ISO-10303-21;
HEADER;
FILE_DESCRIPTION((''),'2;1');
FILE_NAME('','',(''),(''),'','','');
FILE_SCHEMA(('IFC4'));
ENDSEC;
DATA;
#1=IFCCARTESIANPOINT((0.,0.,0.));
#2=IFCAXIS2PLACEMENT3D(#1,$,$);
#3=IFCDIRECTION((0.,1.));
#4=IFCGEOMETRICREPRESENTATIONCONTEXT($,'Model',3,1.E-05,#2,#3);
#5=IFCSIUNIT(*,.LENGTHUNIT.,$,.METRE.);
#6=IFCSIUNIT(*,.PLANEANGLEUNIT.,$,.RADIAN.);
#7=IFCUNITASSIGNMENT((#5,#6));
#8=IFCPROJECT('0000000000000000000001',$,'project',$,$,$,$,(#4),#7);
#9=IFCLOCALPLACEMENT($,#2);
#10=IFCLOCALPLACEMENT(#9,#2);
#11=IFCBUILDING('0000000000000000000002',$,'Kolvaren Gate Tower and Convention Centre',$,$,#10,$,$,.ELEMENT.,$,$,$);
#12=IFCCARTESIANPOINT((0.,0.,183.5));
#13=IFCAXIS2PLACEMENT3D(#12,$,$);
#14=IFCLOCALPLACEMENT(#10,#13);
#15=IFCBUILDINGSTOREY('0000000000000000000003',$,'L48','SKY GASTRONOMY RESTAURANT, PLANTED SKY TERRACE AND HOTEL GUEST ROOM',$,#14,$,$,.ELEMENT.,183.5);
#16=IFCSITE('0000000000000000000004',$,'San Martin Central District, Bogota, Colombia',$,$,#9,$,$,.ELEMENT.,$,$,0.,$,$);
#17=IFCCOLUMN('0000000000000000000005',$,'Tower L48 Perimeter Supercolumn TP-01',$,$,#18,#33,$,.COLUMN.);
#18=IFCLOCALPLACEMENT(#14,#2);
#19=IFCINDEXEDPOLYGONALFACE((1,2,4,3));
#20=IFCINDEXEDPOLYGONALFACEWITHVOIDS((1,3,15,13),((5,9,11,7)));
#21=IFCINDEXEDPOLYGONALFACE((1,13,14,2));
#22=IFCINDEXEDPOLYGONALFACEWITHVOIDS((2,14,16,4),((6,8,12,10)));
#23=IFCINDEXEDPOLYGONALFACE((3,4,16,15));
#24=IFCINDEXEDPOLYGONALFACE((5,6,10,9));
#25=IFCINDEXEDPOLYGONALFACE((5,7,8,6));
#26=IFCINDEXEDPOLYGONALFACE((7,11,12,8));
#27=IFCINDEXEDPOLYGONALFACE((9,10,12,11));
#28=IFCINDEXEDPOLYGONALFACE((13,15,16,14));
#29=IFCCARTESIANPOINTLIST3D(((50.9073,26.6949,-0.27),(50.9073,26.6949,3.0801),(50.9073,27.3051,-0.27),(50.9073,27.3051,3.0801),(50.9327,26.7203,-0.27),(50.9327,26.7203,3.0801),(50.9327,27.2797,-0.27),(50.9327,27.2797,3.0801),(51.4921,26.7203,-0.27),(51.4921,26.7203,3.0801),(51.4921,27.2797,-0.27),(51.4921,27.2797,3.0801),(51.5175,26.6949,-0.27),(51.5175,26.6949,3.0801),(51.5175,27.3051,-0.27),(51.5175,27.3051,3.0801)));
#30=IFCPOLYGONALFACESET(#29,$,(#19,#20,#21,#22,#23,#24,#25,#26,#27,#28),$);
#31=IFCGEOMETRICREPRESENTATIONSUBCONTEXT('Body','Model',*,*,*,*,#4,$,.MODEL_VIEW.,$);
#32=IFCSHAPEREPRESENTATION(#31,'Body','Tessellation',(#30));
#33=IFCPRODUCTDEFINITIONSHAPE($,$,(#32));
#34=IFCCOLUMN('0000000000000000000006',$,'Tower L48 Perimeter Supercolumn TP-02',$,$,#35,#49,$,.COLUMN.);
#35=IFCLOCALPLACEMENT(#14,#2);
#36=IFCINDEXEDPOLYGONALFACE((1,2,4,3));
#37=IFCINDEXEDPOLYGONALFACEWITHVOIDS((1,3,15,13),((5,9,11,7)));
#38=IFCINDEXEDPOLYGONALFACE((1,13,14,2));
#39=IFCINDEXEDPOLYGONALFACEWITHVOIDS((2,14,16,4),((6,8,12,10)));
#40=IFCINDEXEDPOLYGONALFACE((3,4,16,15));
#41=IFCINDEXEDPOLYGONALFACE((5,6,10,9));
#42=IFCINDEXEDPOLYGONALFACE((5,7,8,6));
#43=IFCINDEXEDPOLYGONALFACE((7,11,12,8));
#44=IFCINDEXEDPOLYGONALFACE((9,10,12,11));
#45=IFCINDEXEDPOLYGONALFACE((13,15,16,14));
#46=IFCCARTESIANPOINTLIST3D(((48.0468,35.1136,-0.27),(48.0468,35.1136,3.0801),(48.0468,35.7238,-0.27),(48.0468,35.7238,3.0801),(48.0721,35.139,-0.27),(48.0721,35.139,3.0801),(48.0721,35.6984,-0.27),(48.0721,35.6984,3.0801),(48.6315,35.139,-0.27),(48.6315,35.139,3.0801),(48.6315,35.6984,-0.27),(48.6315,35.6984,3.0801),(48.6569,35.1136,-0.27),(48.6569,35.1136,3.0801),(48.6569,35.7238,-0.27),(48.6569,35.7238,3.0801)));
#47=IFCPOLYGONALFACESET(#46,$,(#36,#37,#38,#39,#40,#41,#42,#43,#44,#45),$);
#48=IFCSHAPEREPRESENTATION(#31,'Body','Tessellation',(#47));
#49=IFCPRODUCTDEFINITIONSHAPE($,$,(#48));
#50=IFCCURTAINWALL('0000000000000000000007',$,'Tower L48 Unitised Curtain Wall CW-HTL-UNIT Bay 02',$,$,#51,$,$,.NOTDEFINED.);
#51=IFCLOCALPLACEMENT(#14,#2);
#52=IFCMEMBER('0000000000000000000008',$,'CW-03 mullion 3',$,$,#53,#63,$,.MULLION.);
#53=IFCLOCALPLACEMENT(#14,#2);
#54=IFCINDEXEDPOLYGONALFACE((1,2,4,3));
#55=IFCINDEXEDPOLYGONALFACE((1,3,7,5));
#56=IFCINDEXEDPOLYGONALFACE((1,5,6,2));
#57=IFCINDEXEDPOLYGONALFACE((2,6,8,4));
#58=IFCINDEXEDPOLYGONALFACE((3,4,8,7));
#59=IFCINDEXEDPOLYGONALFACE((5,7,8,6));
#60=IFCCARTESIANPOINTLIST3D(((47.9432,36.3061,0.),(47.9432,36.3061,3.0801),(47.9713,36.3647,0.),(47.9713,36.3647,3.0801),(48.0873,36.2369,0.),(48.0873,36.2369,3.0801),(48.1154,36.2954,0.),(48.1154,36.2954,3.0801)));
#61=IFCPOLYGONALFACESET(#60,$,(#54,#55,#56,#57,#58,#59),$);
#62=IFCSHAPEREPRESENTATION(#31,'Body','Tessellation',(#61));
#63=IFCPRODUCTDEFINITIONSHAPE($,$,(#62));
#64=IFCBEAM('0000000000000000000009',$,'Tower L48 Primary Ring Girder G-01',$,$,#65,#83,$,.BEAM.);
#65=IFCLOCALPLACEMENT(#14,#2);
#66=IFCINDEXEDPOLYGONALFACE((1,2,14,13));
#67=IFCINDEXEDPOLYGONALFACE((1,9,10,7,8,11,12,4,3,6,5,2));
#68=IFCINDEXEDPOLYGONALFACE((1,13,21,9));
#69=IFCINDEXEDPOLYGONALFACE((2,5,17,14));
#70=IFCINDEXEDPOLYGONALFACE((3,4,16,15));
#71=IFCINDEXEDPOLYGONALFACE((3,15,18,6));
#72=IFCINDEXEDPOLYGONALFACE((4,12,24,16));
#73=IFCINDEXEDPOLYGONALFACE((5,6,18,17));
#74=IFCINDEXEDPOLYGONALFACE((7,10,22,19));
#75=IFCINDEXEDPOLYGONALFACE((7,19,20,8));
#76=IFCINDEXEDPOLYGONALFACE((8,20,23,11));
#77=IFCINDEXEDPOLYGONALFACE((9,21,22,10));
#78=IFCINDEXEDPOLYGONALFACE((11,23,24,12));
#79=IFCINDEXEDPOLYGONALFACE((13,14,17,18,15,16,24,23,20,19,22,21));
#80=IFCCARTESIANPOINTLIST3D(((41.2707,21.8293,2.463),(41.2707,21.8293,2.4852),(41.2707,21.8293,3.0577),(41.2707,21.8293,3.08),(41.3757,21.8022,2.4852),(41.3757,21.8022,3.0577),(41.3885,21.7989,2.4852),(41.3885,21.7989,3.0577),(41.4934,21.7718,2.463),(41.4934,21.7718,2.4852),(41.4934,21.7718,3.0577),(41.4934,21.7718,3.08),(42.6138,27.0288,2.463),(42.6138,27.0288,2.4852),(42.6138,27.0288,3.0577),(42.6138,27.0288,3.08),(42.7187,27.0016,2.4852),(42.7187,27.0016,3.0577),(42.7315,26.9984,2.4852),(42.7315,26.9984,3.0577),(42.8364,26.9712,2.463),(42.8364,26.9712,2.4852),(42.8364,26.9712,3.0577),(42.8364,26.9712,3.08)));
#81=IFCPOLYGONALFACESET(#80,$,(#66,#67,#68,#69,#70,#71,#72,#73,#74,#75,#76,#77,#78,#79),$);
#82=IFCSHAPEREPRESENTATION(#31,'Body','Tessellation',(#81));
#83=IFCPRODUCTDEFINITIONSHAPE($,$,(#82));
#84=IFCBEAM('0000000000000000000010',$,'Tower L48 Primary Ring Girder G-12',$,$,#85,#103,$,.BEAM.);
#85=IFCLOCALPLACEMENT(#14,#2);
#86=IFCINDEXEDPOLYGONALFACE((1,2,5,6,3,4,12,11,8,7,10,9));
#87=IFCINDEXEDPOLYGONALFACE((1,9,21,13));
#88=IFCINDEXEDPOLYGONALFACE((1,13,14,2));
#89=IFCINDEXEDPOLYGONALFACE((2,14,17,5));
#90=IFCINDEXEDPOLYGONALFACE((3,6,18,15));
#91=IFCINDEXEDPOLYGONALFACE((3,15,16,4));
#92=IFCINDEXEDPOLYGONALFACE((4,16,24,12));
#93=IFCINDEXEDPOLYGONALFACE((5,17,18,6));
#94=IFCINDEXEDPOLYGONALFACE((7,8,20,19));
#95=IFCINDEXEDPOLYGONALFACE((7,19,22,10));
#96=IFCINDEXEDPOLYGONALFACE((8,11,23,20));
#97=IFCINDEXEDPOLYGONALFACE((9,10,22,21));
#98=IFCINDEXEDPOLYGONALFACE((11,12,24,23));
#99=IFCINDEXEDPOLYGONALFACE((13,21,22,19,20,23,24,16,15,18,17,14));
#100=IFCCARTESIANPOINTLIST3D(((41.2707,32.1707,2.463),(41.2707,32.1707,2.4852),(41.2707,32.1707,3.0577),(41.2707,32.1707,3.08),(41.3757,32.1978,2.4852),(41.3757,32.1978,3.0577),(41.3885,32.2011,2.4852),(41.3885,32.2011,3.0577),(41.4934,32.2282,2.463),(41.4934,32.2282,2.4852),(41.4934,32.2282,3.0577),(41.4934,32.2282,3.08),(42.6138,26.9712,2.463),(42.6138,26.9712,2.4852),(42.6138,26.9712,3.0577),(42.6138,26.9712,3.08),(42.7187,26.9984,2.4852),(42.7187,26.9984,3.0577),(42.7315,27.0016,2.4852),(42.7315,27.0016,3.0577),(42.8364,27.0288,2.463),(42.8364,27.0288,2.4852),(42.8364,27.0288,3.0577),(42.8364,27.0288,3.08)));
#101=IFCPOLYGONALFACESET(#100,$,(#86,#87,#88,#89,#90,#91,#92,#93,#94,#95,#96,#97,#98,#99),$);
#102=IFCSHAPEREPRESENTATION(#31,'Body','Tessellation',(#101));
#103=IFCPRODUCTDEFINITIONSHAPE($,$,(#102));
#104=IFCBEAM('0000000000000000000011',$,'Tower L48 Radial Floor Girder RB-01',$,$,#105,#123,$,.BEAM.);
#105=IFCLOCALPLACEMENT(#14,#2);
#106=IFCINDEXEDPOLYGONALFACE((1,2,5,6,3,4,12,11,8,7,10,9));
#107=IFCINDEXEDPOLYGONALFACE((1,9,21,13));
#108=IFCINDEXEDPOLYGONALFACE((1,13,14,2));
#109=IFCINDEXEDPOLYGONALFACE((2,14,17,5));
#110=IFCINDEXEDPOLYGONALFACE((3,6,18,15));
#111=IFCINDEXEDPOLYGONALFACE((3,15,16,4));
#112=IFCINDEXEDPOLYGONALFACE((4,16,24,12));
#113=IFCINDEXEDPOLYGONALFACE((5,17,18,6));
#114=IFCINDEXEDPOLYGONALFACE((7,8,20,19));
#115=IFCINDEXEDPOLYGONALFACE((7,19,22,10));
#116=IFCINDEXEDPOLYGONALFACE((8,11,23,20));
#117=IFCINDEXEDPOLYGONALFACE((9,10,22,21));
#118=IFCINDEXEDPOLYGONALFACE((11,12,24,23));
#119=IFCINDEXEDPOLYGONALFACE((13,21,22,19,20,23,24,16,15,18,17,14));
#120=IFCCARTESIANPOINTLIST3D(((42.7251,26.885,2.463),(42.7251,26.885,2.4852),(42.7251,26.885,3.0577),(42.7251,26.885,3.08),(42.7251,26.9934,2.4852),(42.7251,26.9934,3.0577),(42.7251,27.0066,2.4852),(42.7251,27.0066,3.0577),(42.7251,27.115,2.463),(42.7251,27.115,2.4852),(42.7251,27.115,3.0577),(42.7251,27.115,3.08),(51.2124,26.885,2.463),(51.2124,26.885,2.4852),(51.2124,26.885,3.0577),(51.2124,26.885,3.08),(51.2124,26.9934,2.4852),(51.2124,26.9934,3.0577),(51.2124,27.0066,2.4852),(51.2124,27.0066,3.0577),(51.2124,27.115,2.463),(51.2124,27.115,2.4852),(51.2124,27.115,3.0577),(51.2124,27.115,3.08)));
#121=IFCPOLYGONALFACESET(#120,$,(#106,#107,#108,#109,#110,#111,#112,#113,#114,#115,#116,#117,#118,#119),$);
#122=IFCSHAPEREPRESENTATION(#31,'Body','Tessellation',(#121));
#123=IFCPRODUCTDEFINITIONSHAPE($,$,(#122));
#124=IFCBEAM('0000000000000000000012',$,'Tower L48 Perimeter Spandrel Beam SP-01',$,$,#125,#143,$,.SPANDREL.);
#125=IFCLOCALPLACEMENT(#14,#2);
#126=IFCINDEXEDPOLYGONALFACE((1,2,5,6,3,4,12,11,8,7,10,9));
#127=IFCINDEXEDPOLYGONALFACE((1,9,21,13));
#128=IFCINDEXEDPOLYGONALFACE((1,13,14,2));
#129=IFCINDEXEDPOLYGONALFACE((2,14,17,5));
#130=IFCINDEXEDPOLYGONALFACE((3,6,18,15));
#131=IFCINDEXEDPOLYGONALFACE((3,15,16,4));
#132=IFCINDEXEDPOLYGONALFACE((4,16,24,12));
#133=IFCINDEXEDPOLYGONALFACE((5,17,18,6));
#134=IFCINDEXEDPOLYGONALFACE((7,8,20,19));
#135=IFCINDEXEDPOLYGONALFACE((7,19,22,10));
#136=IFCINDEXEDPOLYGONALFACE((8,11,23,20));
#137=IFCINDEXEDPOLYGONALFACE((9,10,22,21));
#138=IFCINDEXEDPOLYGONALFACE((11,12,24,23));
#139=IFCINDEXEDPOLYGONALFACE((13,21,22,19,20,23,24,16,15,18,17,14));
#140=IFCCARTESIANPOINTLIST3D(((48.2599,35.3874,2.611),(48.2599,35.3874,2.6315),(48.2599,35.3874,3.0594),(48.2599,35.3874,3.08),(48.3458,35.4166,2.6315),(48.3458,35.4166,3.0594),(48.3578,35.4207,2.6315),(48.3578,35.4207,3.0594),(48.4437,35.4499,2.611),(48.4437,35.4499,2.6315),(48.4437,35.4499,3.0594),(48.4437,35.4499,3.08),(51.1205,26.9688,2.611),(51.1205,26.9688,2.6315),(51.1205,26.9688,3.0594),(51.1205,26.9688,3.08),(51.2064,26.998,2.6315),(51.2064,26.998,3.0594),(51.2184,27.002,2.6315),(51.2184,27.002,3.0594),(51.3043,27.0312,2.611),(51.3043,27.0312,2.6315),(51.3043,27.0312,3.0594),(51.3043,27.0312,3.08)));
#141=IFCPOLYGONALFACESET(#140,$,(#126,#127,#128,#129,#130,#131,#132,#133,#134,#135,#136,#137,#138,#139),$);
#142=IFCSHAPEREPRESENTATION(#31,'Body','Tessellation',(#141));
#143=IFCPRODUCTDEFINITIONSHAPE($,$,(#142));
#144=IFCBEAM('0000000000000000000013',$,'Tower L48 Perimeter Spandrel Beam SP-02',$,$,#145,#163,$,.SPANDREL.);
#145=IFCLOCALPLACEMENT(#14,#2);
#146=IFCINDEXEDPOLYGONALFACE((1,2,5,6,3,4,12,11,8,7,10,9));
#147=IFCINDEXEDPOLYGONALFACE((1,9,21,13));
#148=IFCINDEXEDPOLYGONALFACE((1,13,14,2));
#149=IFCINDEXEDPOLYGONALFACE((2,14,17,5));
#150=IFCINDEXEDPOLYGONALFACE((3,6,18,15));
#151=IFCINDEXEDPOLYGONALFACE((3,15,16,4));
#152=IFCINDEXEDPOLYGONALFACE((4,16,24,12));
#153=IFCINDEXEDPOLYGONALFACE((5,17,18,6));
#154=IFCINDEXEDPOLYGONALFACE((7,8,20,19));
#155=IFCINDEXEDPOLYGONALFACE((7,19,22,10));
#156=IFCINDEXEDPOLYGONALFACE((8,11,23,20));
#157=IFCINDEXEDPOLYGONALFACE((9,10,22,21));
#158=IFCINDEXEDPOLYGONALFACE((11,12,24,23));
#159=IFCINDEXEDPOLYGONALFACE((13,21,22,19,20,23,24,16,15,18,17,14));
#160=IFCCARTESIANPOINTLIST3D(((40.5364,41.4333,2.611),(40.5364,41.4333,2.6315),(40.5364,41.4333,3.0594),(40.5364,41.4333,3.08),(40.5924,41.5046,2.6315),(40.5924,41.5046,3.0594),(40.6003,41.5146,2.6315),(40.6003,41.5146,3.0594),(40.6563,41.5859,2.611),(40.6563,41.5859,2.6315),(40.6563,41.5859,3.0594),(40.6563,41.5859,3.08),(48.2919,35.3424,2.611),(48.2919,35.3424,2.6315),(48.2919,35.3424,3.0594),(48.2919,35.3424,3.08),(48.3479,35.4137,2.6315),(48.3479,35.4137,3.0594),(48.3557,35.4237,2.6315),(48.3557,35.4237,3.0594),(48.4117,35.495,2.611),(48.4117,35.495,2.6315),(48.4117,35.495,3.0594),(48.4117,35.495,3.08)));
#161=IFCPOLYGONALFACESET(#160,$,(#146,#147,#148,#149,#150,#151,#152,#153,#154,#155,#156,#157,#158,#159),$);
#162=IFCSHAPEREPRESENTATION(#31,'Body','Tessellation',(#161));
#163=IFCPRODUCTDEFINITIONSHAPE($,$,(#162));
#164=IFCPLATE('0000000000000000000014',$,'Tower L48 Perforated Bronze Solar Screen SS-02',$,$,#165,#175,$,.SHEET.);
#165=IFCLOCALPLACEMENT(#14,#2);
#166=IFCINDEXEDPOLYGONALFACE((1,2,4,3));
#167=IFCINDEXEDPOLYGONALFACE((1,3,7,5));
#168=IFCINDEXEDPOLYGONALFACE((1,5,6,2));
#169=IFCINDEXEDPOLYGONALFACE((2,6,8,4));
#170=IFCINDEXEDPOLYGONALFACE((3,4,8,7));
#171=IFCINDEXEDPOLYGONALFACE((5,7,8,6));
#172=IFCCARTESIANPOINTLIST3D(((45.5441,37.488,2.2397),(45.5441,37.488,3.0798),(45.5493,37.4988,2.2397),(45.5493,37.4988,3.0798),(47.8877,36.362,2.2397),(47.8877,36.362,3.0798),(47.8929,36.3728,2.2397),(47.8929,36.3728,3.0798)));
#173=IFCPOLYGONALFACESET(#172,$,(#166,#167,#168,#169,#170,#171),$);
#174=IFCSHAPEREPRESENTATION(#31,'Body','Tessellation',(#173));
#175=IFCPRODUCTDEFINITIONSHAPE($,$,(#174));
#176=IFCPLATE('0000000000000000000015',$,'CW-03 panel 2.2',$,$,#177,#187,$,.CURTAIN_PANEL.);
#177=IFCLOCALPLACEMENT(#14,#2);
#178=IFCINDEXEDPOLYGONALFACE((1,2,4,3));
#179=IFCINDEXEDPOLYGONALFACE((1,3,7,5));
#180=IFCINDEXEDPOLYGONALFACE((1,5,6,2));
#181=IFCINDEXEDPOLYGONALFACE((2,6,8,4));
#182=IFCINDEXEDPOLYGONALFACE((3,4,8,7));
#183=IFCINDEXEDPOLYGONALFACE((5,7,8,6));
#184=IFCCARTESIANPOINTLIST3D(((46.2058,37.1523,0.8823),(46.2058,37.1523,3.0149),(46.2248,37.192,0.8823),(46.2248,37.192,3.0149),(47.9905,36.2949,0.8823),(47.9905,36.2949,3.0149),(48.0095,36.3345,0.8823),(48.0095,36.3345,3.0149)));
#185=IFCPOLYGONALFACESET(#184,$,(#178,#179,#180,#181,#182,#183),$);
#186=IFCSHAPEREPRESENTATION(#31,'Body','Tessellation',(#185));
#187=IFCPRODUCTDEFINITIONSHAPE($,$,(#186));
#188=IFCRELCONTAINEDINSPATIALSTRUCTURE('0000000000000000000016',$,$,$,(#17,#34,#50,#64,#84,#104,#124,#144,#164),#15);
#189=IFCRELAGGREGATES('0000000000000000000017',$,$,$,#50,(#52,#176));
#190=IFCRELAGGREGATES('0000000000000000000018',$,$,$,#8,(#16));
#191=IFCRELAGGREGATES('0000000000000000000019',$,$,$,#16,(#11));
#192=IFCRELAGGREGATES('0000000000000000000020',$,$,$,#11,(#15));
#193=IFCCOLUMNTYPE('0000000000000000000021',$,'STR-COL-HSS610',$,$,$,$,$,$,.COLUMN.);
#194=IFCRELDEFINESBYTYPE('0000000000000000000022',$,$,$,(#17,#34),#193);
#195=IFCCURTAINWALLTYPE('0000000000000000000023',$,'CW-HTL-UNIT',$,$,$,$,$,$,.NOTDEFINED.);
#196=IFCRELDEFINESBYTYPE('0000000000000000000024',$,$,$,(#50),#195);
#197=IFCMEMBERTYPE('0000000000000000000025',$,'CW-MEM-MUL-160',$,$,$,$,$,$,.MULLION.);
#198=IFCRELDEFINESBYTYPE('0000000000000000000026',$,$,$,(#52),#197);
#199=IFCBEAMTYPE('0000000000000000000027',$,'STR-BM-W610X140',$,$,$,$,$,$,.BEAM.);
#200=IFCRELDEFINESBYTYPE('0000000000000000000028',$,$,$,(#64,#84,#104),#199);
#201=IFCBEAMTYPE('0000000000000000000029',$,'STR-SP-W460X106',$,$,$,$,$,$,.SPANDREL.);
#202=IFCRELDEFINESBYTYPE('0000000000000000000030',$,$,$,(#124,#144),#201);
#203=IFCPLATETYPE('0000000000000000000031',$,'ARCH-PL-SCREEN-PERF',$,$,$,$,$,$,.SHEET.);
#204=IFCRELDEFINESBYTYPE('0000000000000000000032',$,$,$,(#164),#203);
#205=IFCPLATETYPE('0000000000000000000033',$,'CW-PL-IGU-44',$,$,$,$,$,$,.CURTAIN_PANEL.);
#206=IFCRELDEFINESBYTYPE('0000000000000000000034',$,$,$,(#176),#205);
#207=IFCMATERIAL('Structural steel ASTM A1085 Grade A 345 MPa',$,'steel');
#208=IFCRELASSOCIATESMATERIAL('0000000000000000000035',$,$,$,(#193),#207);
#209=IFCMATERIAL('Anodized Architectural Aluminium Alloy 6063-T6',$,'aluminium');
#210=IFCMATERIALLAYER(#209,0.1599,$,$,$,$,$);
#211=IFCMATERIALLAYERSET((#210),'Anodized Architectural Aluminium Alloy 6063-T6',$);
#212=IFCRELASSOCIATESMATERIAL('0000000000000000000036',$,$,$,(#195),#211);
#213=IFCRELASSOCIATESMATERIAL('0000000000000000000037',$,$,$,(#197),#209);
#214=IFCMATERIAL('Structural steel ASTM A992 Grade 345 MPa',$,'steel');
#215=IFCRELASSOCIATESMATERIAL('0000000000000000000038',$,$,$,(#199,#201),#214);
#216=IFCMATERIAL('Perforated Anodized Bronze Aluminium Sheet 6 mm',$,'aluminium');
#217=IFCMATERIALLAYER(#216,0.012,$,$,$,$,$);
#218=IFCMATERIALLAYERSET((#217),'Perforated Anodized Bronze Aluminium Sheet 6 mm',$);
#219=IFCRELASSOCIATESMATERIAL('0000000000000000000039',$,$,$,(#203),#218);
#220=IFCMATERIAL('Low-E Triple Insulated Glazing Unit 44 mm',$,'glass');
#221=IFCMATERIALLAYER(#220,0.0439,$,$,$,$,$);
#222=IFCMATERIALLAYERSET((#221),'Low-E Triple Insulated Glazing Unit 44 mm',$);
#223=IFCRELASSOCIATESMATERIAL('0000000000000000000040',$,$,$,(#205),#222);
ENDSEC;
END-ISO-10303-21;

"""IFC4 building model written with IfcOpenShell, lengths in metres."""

from ifc_helpers import new_model, si_unit, direction, frame, origin, origin_2d, place, context, subcontext, project, spatial, rectangle, hollow_rectangle, i_section, extrude, material, layer, layer_set, material_profile, profile_set, type_object, element, aggregate, save


model = new_model("IFC4")

# Units and contexts
model_context = context("Model", 3, precision=1e-05, world=origin(), true_north=direction((0.0, 1.0)))
body_context = subcontext(model_context, "Body", "Model", "MODEL_VIEW")
ifc_project = project(units=[si_unit("LENGTHUNIT", "METRE"), si_unit("PLANEANGLEUNIT", "RADIAN")], contexts=[model_context])

# Site, building, storey
site_placement = place(None, origin())
site = spatial("IfcSite", under=ifc_project, at=site_placement, Name="San Martin Central District, Bogota, Colombia", CompositionType="ELEMENT", RefElevation=0.0)
building_placement = place(site_placement, origin())
building = spatial("IfcBuilding", under=site, at=building_placement, Name="Kolvaren Gate Tower and Convention Centre", CompositionType="ELEMENT")
storey_placement = place(building_placement, frame((0.0, 0.0, 183.5)))
storey = spatial("IfcBuildingStorey", under=building, at=storey_placement, Name="L48", Description="SKY GASTRONOMY RESTAURANT, PLANTED SKY TERRACE AND HOTEL GUEST ROOM", CompositionType="ELEMENT", Elevation=183.5)

# Columns
ifc_material_1 = material(Name="Structural steel ASTM A1085 Grade A 345 MPa", Category="steel")
ifc_material_profile_1 = material_profile(ifc_material_1, hollow_rectangle(XDim=0.6101, YDim=0.6101, WallThickness=0.0254, at=origin_2d()), Name="HSS610X610X25.4")
ifc_profile_set_1 = profile_set([ifc_material_profile_1], Name="Structural steel ASTM A1085 Grade A 345 MPa")
column_type = type_object("IfcColumnType", Name="STR-COL-HSS610", PredefinedType="COLUMN", material=ifc_profile_set_1)
for number, where, z_axis, x_axis, name in (
    (1, (51.2124, 27.0, -0.27), (0.0, 0.0, 1.0), (1.0, 0.0, 0.0), "Tower L48 Perimeter Supercolumn TP-01"),
    (2, (48.3518, 35.4187, -0.27), (0.0, 0.0, 1.0), (1.0, 0.0, 0.0), "Tower L48 Perimeter Supercolumn TP-02"),
):
    element("IfcColumn", number, at=place(storey_placement, frame(where, z_axis=z_axis, x_axis=x_axis)), inside=storey, type_object=column_type, Name=name, PredefinedType="COLUMN", context=body_context, shape_type="SweptSolid", body=[
        extrude(hollow_rectangle(XDim=0.6101, YDim=0.6101, WallThickness=0.0254, at=origin_2d()), origin(), (0.0, 0.0, 1.0), 3.3501),
    ])

# Curtain wall, member
ifc_material_2 = material(Name="Anodized Architectural Aluminium Alloy 6063-T6", Category="aluminium")
ifc_layer_1 = layer(ifc_material_2, 0.1599)
ifc_layer_set_1 = layer_set([ifc_layer_1], Name="Anodized Architectural Aluminium Alloy 6063-T6")
curtain_wall_type = type_object("IfcCurtainWallType", Name="CW-HTL-UNIT", PredefinedType="NOTDEFINED", material=ifc_layer_set_1)
curtain_wall_placement = place(storey_placement, origin())
curtain_wall = element("IfcCurtainWall", 3, at=curtain_wall_placement, inside=storey, type_object=curtain_wall_type, Name="Tower L48 Unitised Curtain Wall CW-HTL-UNIT Bay 02", PredefinedType="NOTDEFINED")
ifc_material_profile_2 = material_profile(ifc_material_2, rectangle(XDim=0.0649, YDim=0.1599, at=origin_2d()), Name="CW-MEM-MUL-160")
ifc_profile_set_2 = profile_set([ifc_material_profile_2], Name="Anodized Architectural Aluminium Alloy 6063-T6")
member_type = type_object("IfcMemberType", Name="CW-MEM-MUL-160", PredefinedType="MULLION", material=ifc_profile_set_2)
member_placement = place(storey_placement, frame((48.0293, 36.3008, 0.0), z_axis=(0.0, 0.0, 1.0), x_axis=(0.433074, 0.901358, 0.0)))
member = element("IfcMember", 4, at=member_placement, type_object=member_type, Name="CW-03 mullion 3", PredefinedType="MULLION", context=body_context, shape_type="SweptSolid", body=[
    extrude(rectangle(XDim=0.0649, YDim=0.1599, at=origin_2d()), origin(), (0.0, 0.0, 1.0), 3.0801),
])

# Beams
ifc_material_3 = material(Name="Structural steel ASTM A992 Grade 345 MPa", Category="steel")
ifc_material_profile_3 = material_profile(ifc_material_3, i_section(OverallWidth=0.23, OverallDepth=0.6169, WebThickness=0.0132, FlangeThickness=0.0222, at=origin_2d()), Name="W610X140")
ifc_profile_set_3 = profile_set([ifc_material_profile_3], Name="Structural steel ASTM A992 Grade 345 MPa")
beam_type_1 = type_object("IfcBeamType", Name="STR-BM-W610X140", PredefinedType="BEAM", material=ifc_profile_set_3)
for number, where, z_axis, x_axis, name in (
    (5, (42.7251, 27.0, 2.7715), (-0.250091, -0.968222, 0.0), (0.968222, -0.250091, 0.0), "Tower L48 Primary Ring Girder G-01"),
    (6, (42.7251, 27.0, 2.7715), (-0.250091, 0.968222, 0.0), (-0.968222, -0.250091, 0.0), "Tower L48 Primary Ring Girder G-12"),
):
    element("IfcBeam", number, at=place(storey_placement, frame(where, z_axis=z_axis, x_axis=x_axis)), inside=storey, type_object=beam_type_1, Name=name, PredefinedType="BEAM", context=body_context, shape_type="SweptSolid", body=[
        extrude(i_section(OverallWidth=0.23, OverallDepth=0.6169, WebThickness=0.0132, FlangeThickness=0.0222, at=origin_2d()), origin(), (0.0, 0.0, 1.0), 5.3701),
    ])
beam_1_placement = place(storey_placement, frame((42.7251, 27.0, 2.7715), z_axis=(1.0, 0.0, 0.0), x_axis=(0.0, 1.0, 0.0)))
element("IfcBeam", 7, at=beam_1_placement, inside=storey, type_object=beam_type_1, Name="Tower L48 Radial Floor Girder RB-01", PredefinedType="BEAM", context=body_context, shape_type="SweptSolid", body=[
    extrude(i_section(OverallWidth=0.23, OverallDepth=0.6169, WebThickness=0.0132, FlangeThickness=0.0222, at=origin_2d()), origin(), (0.0, 0.0, 1.0), 8.4873),
])
ifc_material_profile_4 = material_profile(ifc_material_3, i_section(OverallWidth=0.1941, OverallDepth=0.469, WebThickness=0.0127, FlangeThickness=0.0205, at=origin_2d()), Name="W460X106")
ifc_profile_set_4 = profile_set([ifc_material_profile_4], Name="Structural steel ASTM A992 Grade 345 MPa")
beam_type_2 = type_object("IfcBeamType", Name="STR-SP-W460X106", PredefinedType="SPANDREL", material=ifc_profile_set_4)
beam_2_placement = place(storey_placement, frame((51.2124, 27.0, 2.8455), z_axis=(-0.321725, 0.946833, 0.0), x_axis=(-0.946833, -0.321725, 0.0)))
element("IfcBeam", 8, at=beam_2_placement, inside=storey, type_object=beam_type_2, Name="Tower L48 Perimeter Spandrel Beam SP-01", PredefinedType="SPANDREL", context=body_context, shape_type="SweptSolid", body=[
    extrude(i_section(OverallWidth=0.1941, OverallDepth=0.469, WebThickness=0.0127, FlangeThickness=0.0205, at=origin_2d()), origin(), (0.0, 0.0, 1.0), 8.8914),
])
beam_3_placement = place(storey_placement, frame((48.3518, 35.4187, 2.8455), z_axis=(-0.786451, 0.617653, 0.0), x_axis=(-0.617653, -0.786451, 0.0)))
element("IfcBeam", 9, at=beam_3_placement, inside=storey, type_object=beam_type_2, Name="Tower L48 Perimeter Spandrel Beam SP-02", PredefinedType="SPANDREL", context=body_context, shape_type="SweptSolid", body=[
    extrude(i_section(OverallWidth=0.1941, OverallDepth=0.469, WebThickness=0.0127, FlangeThickness=0.0205, at=origin_2d()), origin(), (0.0, 0.0, 1.0), 9.8613),
])

# Plates
ifc_material_4 = material(Name="Perforated Anodized Bronze Aluminium Sheet 6 mm", Category="aluminium")
ifc_layer_2 = layer(ifc_material_4, 0.012)
ifc_layer_set_2 = layer_set([ifc_layer_2], Name="Perforated Anodized Bronze Aluminium Sheet 6 mm")
plate_type_1 = type_object("IfcPlateType", Name="ARCH-PL-SCREEN-PERF", PredefinedType="SHEET", material=ifc_layer_set_2)
plate_1_placement = place(storey_placement, frame((46.7185, 36.9304, 2.2397), z_axis=(0.0, 0.0, 1.0), x_axis=(0.901358, -0.433074, 0.0)))
element("IfcPlate", 10, at=plate_1_placement, inside=storey, type_object=plate_type_1, Name="Tower L48 Perforated Bronze Solar Screen SS-02", PredefinedType="SHEET", context=body_context, shape_type="SweptSolid", body=[
    extrude(rectangle(XDim=2.6001, YDim=0.012, at=origin_2d()), origin(), (0.0, 0.0, 1.0), 0.8401),
])
ifc_material_5 = material(Name="Low-E Triple Insulated Glazing Unit 44 mm", Category="glass")
ifc_layer_3 = layer(ifc_material_5, 0.0439)
ifc_layer_set_3 = layer_set([ifc_layer_3], Name="Low-E Triple Insulated Glazing Unit 44 mm")
plate_type_2 = type_object("IfcPlateType", Name="CW-PL-IGU-44", PredefinedType="CURTAIN_PANEL", material=ifc_layer_set_3)
plate_2_placement = place(storey_placement, frame((47.1077, 36.7434, 0.8823), z_axis=(0.0, 0.0, 1.0), x_axis=(0.901358, -0.433074, 0.0)))
plate_2 = element("IfcPlate", 11, at=plate_2_placement, type_object=plate_type_2, Name="CW-03 panel 2.2", PredefinedType="CURTAIN_PANEL", context=body_context, shape_type="SweptSolid", body=[
    extrude(rectangle(XDim=1.98, YDim=0.0439, at=origin_2d()), origin(), (0.0, 0.0, 1.0), 2.1326),
])
aggregate(curtain_wall, [member, plate_2])

save(model, "model.ifc")
